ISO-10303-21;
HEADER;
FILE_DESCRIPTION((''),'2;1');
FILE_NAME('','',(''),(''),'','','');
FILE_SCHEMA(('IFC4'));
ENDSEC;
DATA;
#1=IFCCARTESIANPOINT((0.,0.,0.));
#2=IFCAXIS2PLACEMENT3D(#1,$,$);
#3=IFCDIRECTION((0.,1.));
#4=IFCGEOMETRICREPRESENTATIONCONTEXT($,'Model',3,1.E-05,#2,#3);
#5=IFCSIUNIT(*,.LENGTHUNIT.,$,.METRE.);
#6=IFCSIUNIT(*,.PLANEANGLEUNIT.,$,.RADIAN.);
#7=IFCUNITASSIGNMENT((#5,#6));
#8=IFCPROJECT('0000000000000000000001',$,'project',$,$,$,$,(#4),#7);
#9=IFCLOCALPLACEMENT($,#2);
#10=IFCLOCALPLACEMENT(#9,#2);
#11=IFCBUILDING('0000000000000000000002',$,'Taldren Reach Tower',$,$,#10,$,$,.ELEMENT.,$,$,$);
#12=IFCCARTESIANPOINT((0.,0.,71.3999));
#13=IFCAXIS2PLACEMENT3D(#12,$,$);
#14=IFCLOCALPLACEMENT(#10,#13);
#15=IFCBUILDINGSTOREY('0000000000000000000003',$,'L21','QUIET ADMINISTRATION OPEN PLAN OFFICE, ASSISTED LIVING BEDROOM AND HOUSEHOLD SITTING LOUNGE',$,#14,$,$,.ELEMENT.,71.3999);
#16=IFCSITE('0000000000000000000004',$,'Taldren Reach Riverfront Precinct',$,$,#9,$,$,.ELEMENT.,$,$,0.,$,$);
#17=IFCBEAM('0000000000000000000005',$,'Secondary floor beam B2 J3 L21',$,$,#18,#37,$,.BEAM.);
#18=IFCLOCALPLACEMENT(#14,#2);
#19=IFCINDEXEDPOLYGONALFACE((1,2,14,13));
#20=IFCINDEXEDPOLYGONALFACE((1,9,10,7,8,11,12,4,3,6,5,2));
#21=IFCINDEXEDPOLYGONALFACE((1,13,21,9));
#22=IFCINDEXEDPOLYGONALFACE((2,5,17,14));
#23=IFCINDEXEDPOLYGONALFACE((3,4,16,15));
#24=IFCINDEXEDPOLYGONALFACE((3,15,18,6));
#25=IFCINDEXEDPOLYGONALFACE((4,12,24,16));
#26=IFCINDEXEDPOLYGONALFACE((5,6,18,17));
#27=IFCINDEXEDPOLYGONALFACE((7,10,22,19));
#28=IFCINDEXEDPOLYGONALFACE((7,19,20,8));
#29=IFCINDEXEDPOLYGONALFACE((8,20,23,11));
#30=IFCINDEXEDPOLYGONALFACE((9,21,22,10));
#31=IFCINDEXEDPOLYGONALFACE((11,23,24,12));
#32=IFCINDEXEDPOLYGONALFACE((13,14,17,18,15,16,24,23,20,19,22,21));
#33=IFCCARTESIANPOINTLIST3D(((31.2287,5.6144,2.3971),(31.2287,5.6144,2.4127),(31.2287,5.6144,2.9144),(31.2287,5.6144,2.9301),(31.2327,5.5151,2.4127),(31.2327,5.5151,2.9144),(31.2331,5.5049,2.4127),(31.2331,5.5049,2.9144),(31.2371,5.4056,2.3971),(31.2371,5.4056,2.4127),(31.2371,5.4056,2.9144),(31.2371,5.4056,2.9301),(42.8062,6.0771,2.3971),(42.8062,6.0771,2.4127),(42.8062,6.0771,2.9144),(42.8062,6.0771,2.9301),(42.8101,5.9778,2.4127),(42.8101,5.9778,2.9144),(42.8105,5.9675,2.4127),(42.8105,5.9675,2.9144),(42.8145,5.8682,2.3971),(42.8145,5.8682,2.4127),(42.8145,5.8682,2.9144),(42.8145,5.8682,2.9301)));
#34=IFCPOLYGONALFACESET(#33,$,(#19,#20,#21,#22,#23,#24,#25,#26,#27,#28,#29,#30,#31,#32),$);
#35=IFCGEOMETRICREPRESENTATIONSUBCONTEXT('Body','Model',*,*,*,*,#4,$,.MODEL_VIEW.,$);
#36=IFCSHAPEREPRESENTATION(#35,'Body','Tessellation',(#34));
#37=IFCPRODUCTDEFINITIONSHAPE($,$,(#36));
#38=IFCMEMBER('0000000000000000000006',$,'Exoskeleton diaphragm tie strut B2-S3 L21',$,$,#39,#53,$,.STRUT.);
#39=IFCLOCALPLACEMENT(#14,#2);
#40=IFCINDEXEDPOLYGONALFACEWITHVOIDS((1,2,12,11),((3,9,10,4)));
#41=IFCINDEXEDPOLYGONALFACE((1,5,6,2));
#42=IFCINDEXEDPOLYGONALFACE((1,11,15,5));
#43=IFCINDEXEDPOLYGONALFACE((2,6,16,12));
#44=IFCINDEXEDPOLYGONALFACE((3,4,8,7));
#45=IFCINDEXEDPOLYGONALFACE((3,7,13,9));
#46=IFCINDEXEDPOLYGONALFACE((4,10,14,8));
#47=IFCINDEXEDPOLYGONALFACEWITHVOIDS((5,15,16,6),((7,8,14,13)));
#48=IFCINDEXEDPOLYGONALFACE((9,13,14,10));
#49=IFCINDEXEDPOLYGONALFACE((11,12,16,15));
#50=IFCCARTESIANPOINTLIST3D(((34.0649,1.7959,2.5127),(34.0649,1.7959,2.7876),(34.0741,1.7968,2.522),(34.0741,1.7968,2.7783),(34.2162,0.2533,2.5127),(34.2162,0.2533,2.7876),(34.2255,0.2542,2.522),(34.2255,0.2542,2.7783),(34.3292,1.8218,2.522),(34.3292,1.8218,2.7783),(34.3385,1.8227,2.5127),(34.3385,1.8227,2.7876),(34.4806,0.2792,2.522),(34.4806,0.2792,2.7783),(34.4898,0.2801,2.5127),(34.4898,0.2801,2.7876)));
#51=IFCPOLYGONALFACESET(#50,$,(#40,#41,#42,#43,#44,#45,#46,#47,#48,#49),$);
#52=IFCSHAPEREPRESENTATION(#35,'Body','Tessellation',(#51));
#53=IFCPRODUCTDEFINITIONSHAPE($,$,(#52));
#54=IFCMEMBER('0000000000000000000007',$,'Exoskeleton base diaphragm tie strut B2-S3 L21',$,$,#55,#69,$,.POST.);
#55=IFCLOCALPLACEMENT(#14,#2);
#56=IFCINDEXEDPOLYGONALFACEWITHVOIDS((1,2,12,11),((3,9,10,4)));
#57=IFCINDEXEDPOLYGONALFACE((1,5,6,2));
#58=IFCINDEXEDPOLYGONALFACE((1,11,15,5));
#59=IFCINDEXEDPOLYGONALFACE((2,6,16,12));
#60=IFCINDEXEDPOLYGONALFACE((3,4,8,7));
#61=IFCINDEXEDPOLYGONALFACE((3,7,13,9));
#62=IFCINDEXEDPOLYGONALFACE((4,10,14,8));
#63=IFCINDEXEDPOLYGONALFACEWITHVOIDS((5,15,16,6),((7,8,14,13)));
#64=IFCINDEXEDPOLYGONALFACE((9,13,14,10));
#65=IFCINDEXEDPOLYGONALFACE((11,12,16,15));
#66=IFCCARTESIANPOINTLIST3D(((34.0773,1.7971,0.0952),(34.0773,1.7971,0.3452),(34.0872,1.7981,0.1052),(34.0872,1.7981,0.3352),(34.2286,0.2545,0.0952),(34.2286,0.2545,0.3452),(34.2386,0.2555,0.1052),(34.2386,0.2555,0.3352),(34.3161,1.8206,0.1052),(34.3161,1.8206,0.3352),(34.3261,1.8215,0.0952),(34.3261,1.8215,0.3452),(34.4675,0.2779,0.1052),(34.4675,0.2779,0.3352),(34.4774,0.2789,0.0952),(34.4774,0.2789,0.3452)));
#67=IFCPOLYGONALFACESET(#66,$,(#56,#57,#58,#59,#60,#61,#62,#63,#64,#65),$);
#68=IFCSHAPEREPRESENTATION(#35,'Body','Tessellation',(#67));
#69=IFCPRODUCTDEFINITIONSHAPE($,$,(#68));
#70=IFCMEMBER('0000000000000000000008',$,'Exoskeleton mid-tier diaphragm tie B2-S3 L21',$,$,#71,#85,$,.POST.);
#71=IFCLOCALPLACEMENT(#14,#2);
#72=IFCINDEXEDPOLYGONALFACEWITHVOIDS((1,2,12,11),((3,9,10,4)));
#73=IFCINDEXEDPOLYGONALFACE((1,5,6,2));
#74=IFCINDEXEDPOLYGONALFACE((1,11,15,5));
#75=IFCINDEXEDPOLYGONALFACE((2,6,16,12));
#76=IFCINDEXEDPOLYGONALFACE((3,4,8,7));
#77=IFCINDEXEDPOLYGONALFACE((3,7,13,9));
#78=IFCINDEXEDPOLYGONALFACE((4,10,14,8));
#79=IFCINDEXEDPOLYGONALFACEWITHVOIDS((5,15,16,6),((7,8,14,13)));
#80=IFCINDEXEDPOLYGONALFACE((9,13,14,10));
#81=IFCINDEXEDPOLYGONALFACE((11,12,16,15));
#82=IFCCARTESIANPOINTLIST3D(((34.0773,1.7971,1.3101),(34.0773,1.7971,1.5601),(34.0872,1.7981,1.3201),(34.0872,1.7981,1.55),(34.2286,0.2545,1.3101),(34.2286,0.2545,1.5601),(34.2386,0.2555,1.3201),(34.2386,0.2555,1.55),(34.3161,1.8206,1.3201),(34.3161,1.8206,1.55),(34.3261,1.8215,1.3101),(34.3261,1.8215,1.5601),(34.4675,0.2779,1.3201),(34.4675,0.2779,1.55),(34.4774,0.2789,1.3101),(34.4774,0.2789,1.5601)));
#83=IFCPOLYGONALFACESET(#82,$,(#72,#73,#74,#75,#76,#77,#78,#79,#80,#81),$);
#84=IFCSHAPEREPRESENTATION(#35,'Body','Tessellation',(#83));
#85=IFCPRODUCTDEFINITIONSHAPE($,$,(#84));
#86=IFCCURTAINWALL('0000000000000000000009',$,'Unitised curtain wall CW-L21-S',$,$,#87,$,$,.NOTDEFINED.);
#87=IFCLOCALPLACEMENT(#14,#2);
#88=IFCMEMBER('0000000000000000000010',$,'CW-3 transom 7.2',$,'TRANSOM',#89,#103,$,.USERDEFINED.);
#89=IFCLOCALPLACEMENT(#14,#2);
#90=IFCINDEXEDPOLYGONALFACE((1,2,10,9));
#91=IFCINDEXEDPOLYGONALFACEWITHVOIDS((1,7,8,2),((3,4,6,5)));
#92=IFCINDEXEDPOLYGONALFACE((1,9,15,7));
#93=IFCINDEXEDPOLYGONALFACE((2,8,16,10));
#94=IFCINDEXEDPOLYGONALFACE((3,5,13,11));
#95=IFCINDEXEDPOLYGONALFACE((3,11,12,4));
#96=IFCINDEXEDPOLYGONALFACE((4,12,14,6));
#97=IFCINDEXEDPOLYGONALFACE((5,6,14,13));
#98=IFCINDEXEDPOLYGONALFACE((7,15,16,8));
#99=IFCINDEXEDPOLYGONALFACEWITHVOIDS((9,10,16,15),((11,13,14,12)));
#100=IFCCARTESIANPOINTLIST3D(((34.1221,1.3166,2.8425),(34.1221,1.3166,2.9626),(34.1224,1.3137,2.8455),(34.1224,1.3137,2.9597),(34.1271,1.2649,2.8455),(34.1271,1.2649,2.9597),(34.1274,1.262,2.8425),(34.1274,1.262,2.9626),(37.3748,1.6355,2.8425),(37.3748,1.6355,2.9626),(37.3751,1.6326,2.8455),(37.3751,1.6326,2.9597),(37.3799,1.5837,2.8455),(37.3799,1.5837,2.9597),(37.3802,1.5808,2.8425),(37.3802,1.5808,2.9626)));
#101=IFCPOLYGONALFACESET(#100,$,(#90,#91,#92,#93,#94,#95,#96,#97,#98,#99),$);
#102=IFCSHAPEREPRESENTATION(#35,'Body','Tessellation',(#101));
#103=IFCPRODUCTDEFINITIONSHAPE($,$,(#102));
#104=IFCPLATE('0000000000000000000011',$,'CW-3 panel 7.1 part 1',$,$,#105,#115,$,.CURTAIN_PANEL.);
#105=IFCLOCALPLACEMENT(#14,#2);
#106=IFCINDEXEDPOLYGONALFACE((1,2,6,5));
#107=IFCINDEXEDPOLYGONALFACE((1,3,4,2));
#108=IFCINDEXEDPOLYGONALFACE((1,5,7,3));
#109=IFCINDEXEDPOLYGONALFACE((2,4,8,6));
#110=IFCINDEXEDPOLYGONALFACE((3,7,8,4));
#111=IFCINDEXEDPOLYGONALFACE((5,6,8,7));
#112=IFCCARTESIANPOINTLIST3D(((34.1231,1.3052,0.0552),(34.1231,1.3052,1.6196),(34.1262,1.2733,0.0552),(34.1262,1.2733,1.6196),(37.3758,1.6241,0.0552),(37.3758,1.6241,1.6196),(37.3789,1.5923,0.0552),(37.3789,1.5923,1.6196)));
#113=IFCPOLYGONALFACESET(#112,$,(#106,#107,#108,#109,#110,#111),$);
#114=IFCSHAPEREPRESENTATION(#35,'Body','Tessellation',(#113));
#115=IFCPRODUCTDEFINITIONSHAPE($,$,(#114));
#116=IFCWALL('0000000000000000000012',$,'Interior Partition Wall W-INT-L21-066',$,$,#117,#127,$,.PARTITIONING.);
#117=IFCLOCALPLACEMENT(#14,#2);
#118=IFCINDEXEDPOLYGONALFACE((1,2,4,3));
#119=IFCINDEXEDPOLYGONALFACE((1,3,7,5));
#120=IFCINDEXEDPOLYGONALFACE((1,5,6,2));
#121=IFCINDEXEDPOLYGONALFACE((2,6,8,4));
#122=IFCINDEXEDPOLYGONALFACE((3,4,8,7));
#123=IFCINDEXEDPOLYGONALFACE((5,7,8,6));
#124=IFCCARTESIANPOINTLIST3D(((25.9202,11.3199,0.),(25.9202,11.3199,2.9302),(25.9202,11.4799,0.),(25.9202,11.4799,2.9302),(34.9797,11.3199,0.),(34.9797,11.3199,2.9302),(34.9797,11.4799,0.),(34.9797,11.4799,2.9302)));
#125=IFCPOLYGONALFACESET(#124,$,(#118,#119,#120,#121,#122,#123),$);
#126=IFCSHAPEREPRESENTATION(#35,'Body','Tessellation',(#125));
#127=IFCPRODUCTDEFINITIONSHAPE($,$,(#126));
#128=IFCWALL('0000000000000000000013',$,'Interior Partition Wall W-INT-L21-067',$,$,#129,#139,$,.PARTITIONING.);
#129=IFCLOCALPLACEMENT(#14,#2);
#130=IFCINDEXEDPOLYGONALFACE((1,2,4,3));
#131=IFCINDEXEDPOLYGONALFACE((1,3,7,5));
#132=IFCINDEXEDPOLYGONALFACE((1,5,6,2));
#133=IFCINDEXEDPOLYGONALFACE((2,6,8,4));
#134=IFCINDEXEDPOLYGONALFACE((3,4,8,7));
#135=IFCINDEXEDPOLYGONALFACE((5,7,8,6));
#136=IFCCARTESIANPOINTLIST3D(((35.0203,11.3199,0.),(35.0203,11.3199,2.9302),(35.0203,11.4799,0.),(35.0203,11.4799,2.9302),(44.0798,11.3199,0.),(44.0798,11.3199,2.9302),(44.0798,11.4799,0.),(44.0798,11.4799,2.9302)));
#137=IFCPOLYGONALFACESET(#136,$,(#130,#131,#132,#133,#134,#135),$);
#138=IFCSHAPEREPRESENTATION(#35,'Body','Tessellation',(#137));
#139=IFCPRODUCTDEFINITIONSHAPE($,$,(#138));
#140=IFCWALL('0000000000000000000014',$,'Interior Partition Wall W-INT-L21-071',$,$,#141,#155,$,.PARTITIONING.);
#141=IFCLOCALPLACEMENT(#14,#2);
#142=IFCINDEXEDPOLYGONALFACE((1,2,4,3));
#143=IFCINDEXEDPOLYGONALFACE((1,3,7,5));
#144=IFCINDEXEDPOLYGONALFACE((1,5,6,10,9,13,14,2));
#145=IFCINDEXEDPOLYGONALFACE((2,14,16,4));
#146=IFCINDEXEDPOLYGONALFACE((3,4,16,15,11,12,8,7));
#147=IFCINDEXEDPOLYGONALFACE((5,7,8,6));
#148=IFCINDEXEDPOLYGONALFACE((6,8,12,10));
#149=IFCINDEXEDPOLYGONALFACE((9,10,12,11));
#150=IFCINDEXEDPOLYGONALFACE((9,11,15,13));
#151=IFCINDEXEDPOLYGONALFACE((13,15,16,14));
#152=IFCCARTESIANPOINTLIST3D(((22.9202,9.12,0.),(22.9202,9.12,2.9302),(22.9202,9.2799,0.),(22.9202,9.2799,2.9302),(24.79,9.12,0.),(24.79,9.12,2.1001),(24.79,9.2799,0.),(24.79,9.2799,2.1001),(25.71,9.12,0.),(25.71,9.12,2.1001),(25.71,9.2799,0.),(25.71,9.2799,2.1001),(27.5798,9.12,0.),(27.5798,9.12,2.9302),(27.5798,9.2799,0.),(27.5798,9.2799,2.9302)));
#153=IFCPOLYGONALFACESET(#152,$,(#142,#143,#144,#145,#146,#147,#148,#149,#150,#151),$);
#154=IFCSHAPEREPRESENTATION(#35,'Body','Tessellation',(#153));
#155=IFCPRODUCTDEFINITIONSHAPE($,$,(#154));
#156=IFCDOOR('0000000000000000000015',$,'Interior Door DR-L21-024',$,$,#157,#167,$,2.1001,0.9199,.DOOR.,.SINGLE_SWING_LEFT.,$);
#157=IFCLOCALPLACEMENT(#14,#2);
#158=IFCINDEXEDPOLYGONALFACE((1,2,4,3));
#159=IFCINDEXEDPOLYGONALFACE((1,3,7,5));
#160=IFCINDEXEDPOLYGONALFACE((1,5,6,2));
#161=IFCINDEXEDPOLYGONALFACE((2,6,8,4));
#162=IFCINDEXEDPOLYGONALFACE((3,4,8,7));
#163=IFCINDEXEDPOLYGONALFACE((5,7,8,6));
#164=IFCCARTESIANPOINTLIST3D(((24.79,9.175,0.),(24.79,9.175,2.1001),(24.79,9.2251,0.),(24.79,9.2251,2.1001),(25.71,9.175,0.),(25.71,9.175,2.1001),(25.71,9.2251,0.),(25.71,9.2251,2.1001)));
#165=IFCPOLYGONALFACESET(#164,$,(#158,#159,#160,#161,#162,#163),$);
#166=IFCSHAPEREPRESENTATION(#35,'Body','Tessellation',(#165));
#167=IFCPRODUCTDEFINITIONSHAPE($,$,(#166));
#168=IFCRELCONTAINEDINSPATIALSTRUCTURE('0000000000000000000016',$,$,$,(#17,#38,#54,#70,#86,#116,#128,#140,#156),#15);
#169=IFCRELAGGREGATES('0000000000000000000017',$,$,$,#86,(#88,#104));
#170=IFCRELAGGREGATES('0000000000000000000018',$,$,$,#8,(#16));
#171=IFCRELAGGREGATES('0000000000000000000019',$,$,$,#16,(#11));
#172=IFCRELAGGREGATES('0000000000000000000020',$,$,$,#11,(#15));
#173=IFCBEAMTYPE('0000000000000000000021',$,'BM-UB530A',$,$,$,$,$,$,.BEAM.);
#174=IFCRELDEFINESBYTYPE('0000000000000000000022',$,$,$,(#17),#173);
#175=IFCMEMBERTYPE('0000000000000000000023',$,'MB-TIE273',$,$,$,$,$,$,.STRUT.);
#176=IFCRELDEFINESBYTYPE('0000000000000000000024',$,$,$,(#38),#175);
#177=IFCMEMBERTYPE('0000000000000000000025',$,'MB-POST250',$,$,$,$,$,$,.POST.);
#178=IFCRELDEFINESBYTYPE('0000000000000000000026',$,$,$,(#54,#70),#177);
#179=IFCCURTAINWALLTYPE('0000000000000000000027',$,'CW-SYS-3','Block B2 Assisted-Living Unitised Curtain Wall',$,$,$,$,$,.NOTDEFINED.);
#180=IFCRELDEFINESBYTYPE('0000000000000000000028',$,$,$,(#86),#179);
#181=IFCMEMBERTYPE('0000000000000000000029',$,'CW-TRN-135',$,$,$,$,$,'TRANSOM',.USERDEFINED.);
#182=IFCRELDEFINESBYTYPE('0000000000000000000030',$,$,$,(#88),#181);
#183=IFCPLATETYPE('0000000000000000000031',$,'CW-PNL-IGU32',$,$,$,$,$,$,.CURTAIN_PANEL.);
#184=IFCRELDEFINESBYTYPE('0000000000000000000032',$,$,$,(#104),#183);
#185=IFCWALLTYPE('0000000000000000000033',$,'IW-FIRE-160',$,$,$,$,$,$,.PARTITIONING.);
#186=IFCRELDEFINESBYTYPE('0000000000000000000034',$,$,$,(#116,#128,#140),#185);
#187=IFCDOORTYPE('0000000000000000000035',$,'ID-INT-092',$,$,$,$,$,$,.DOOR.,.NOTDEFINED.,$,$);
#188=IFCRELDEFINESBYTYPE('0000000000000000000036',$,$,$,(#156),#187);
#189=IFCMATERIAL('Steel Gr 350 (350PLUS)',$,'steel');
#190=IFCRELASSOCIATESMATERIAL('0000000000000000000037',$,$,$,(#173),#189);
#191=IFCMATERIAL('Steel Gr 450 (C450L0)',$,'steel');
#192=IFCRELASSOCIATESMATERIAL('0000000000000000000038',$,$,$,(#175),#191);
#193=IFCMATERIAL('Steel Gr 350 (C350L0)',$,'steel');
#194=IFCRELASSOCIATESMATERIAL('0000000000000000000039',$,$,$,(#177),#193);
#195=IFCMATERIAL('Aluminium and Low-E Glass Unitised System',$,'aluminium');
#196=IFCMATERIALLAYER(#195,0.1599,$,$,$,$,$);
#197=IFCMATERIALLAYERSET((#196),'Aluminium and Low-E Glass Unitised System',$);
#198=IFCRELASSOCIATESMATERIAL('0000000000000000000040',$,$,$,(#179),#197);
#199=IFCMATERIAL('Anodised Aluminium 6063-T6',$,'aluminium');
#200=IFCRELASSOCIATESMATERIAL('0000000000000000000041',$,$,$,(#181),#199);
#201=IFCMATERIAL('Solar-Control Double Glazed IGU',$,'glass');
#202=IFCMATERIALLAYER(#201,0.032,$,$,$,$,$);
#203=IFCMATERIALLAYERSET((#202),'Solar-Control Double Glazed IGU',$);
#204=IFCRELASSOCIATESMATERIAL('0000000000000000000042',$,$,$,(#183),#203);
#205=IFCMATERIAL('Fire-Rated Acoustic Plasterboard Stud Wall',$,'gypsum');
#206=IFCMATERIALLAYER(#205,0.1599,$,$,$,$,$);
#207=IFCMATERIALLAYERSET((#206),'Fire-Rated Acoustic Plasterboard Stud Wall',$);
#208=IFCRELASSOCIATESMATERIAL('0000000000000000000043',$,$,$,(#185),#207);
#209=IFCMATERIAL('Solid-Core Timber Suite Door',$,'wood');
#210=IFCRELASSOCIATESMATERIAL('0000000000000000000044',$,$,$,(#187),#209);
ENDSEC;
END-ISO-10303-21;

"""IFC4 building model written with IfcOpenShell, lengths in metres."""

from ifc_helpers import new_model, si_unit, direction, frame, frame_2d, origin, origin_2d, place, context, subcontext, project, spatial, rectangle, hollow_rectangle, i_section, extrude, source, transform, mapped, material, layer, layer_set, material_profile, profile_set, type_object, element, fill, aggregate, save


model = new_model("IFC4")

# Units and contexts
model_context = context("Model", 3, precision=1e-05, world=origin(), true_north=direction((0.0, 1.0)))
body_context = subcontext(model_context, "Body", "Model", "MODEL_VIEW")
ifc_project = project(units=[si_unit("LENGTHUNIT", "METRE"), si_unit("PLANEANGLEUNIT", "RADIAN")], contexts=[model_context])

# Site, building, storey
site_placement = place(None, origin())
site = spatial("IfcSite", under=ifc_project, at=site_placement, Name="Taldren Reach Riverfront Precinct", CompositionType="ELEMENT", RefElevation=0.0)
building_placement = place(site_placement, origin())
building = spatial("IfcBuilding", under=site, at=building_placement, Name="Taldren Reach Tower", CompositionType="ELEMENT")
storey_placement = place(building_placement, frame((0.0, 0.0, 71.3999)))
storey = spatial("IfcBuildingStorey", under=building, at=storey_placement, Name="L21", Description="QUIET ADMINISTRATION OPEN PLAN OFFICE, ASSISTED LIVING BEDROOM AND HOUSEHOLD SITTING LOUNGE", CompositionType="ELEMENT", Elevation=71.3999)

# Shared definitions
ifc_material_1 = material(Name="Steel Gr 350 (350PLUS)", Category="steel")

# Beam
ifc_material_profile_1 = material_profile(ifc_material_1, i_section(OverallWidth=0.209, OverallDepth=0.533, WebThickness=0.0103, FlangeThickness=0.0156, at=origin_2d()), Name="530UB92.4")
ifc_profile_set_1 = profile_set([ifc_material_profile_1], Name="Steel Gr 350 (350PLUS)")
beam_type_1 = type_object("IfcBeamType", Name="BM-UB530A", PredefinedType="BEAM", material=ifc_profile_set_1)
shared_shape_1 = source(origin(), body_context, "Body", "SweptSolid", [
    extrude(i_section(OverallWidth=0.209, OverallDepth=0.533, WebThickness=0.0103, FlangeThickness=0.0156, at=origin_2d()), origin(), (0.0, 0.0, 1.0), 11.5867),
])
beam_1_placement = place(storey_placement, frame((31.2329, 5.51, 2.6636), z_axis=(0.999203, 0.039929, 0.0), x_axis=(-0.039929, 0.999203, 0.0)))
element("IfcBeam", 1, at=beam_1_placement, inside=storey, type_object=beam_type_1, Name="Secondary floor beam B2 J3 L21", PredefinedType="BEAM", context=body_context, shape_type="MappedRepresentation", body=[
    mapped(shared_shape_1, transform((0.0, 0.0, 0.0), scale=1.0)),
])

# Members
ifc_material_2 = material(Name="Steel Gr 450 (C450L0)", Category="steel")
ifc_material_profile_2 = material_profile(ifc_material_2, hollow_rectangle(XDim=0.2749, YDim=0.2749, WallThickness=0.0093, at=origin_2d()), Name="275x275x9.3SHS")
ifc_profile_set_2 = profile_set([ifc_material_profile_2], Name="Steel Gr 450 (C450L0)")
member_type_1 = type_object("IfcMemberType", Name="MB-TIE273", PredefinedType="STRUT", material=ifc_profile_set_2)
shared_shape_2 = source(origin(), body_context, "Body", "SweptSolid", [
    extrude(hollow_rectangle(XDim=0.2749, YDim=0.2749, WallThickness=0.0093, at=origin_2d()), origin(), (0.0, 0.0, 1.0), 1.55),
])
member_1_placement = place(storey_placement, frame((34.2017, 1.8093, 2.6501), z_axis=(0.097648, -0.995221, 0.0), x_axis=(0.995221, 0.097648, 0.0)))
element("IfcMember", 2, at=member_1_placement, inside=storey, type_object=member_type_1, Name="Exoskeleton diaphragm tie strut B2-S3 L21", PredefinedType="STRUT", context=body_context, shape_type="MappedRepresentation", body=[
    mapped(shared_shape_2, transform((0.0, 0.0, 0.0), scale=1.0)),
])
ifc_material_3 = material(Name="Steel Gr 350 (C350L0)", Category="steel")
ifc_material_profile_3 = material_profile(ifc_material_3, hollow_rectangle(XDim=0.25, YDim=0.25, WallThickness=0.01, at=origin_2d()), Name="250x250x10.0SHS")
ifc_profile_set_3 = profile_set([ifc_material_profile_3], Name="Steel Gr 350 (C350L0)")
member_type_2 = type_object("IfcMemberType", Name="MB-POST250", PredefinedType="POST", material=ifc_profile_set_3)
shared_shape_3 = source(origin(), body_context, "Body", "SweptSolid", [
    extrude(hollow_rectangle(XDim=0.25, YDim=0.25, WallThickness=0.01, at=origin_2d()), origin(), (0.0, 0.0, 1.0), 1.55),
])
for number, where, z_axis, x_axis, name in (
    (3, (34.2017, 1.8093, 0.2202), (0.097648, -0.995221, 0.0), (0.995221, 0.097648, 0.0), "Exoskeleton base diaphragm tie strut B2-S3 L21"),
    (4, (34.2017, 1.8093, 1.4351), (0.097648, -0.995221, 0.0), (0.995221, 0.097648, 0.0), "Exoskeleton mid-tier diaphragm tie B2-S3 L21"),
):
    element("IfcMember", number, at=place(storey_placement, frame(where, z_axis=z_axis, x_axis=x_axis)), inside=storey, type_object=member_type_2, Name=name, PredefinedType="POST", context=body_context, shape_type="MappedRepresentation", body=[
        mapped(shared_shape_3, transform((0.0, 0.0, 0.0), scale=1.0)),
    ])

# Curtain wall, member, plate
ifc_material_4 = material(Name="Aluminium and Low-E Glass Unitised System", Category="aluminium")
ifc_layer_1 = layer(ifc_material_4, 0.1599)
ifc_layer_set_1 = layer_set([ifc_layer_1], Name="Aluminium and Low-E Glass Unitised System")
curtain_wall_type = type_object("IfcCurtainWallType", Name="CW-SYS-3", Description="Block B2 Assisted-Living Unitised Curtain Wall", PredefinedType="NOTDEFINED", material=ifc_layer_set_1)
curtain_wall_placement = place(storey_placement, origin())
curtain_wall = element("IfcCurtainWall", 5, at=curtain_wall_placement, inside=storey, type_object=curtain_wall_type, Name="Unitised curtain wall CW-L21-S", PredefinedType="NOTDEFINED")
ifc_material_5 = material(Name="Anodised Aluminium 6063-T6", Category="aluminium")
ifc_material_profile_4 = material_profile(ifc_material_5, hollow_rectangle(XDim=0.0549, YDim=0.1201, WallThickness=0.0029, at=origin_2d()), Name="ALU-120x55x3RHS")
ifc_profile_set_4 = profile_set([ifc_material_profile_4], Name="Anodised Aluminium 6063-T6")
member_type_3 = type_object("IfcMemberType", Name="CW-TRN-135", ElementType="TRANSOM", PredefinedType="USERDEFINED", material=ifc_profile_set_4)
shared_shape_4 = source(origin(), body_context, "Body", "SweptSolid", [
    extrude(hollow_rectangle(XDim=0.0549, YDim=0.1201, WallThickness=0.0029, at=origin_2d()), origin(), (0.0, 0.0, 1.0), 3.2683),
])
member_2_placement = place(storey_placement, frame((34.1248, 1.2893, 2.9026), z_axis=(0.99523, 0.097558, 0.0), x_axis=(-0.097558, 0.99523, 0.0)))
member_2 = element("IfcMember", 6, at=member_2_placement, type_object=member_type_3, Name="CW-3 transom 7.2", ObjectType="TRANSOM", PredefinedType="USERDEFINED", context=body_context, shape_type="MappedRepresentation", body=[
    mapped(shared_shape_4, transform((0.0, 0.0, 0.0), scale=1.0)),
])
ifc_material_6 = material(Name="Solar-Control Double Glazed IGU", Category="glass")
ifc_layer_2 = layer(ifc_material_6, 0.032)
ifc_layer_set_2 = layer_set([ifc_layer_2], Name="Solar-Control Double Glazed IGU")
plate_type = type_object("IfcPlateType", Name="CW-PNL-IGU32", PredefinedType="CURTAIN_PANEL", material=ifc_layer_set_2)
shared_shape_5 = source(origin(), body_context, "Body", "SweptSolid", [
    extrude(rectangle(XDim=3.2683, YDim=0.032, at=origin_2d()), origin(), (0.0, 0.0, 1.0), 1.5645),
])
plate_placement = place(storey_placement, frame((35.751, 1.4487, 0.0552), z_axis=(0.0, 0.0, 1.0), x_axis=(0.995227, 0.097583, 0.0)))
plate = element("IfcPlate", 7, at=plate_placement, type_object=plate_type, Name="CW-3 panel 7.1 part 1", PredefinedType="CURTAIN_PANEL", context=body_context, shape_type="MappedRepresentation", body=[
    mapped(shared_shape_5, transform((0.0, 0.0, 0.0), scale=1.0)),
])
aggregate(curtain_wall, [member_2, plate])

# Walls
ifc_material_7 = material(Name="Fire-Rated Acoustic Plasterboard Stud Wall", Category="gypsum")
ifc_layer_3 = layer(ifc_material_7, 0.1599)
ifc_layer_set_3 = layer_set([ifc_layer_3], Name="Fire-Rated Acoustic Plasterboard Stud Wall")
wall_type_1 = type_object("IfcWallType", Name="IW-FIRE-160", PredefinedType="PARTITIONING", material=ifc_layer_set_3)
shared_shape_6 = source(origin(), body_context, "Body", "SweptSolid", [
    extrude(rectangle(XDim=9.0596, YDim=0.1599, at=frame_2d((4.5298, 0.0))), origin(), (0.0, 0.0, 1.0), 2.9302),
])
for number, where, z_axis, x_axis, name in (
    (8, (25.9202, 11.3999, 0.0), (0.0, 0.0, 1.0), (1.0, 0.0, 0.0), "Interior Partition Wall W-INT-L21-066"),
    (9, (35.0203, 11.3999, 0.0), (0.0, 0.0, 1.0), (1.0, 0.0, 0.0), "Interior Partition Wall W-INT-L21-067"),
):
    element("IfcWall", number, at=place(storey_placement, frame(where, z_axis=z_axis, x_axis=x_axis)), inside=storey, type_object=wall_type_1, Name=name, PredefinedType="PARTITIONING", context=body_context, shape_type="MappedRepresentation", body=[
        mapped(shared_shape_6, transform((0.0, 0.0, 0.0), scale=1.0)),
    ])

# Wall, opening, door
shared_shape_7 = source(origin(), body_context, "Body", "SweptSolid", [
    extrude(rectangle(XDim=4.6597, YDim=0.1599, at=frame_2d((2.3298, 0.0))), origin(), (0.0, 0.0, 1.0), 2.9302),
])
wall_1_placement = place(storey_placement, frame((27.5798, 9.2, 0.0), z_axis=(0.0, 0.0, 1.0), x_axis=(-1.0, 0.0, 0.0)))
wall_1 = element("IfcWall", 10, at=wall_1_placement, inside=storey, type_object=wall_type_1, Name="Interior Partition Wall W-INT-L21-071", PredefinedType="PARTITIONING", context=body_context, shape_type="MappedRepresentation", body=[
    mapped(shared_shape_7, transform((0.0, 0.0, 0.0), scale=1.0)),
])
shared_shape_8 = source(origin(), body_context, "Body", "SweptSolid", [
    extrude(rectangle(XDim=0.9199, YDim=2.1001, at=frame_2d((0.46, 1.05))), frame((0.0, 0.0898, 0.0), z_axis=(0.0, -1.0, 0.0), x_axis=(1.0, 0.0, 0.0)), (0.0, 0.0, 1.0), 0.1799),
])
opening_1_placement = place(wall_1_placement, frame((1.8699, 0.0, 0.0)))
opening_1 = element("IfcOpeningElement", 11, at=opening_1_placement, cuts=wall_1, PredefinedType="OPENING", context=body_context, shape_type="MappedRepresentation", body=[
    mapped(shared_shape_8, transform((0.0, 0.0, 0.0), scale=1.0)),
])
ifc_material_8 = material(Name="Solid-Core Timber Suite Door", Category="wood")
door_type = type_object("IfcDoorType", Name="ID-INT-092", OperationType="NOTDEFINED", PredefinedType="DOOR", material=ifc_material_8)
shared_shape_9 = source(origin(), body_context, "Body", "SweptSolid", [
    extrude(rectangle(XDim=0.9199, YDim=2.1001, at=frame_2d((0.46, 1.05))), frame((0.0, 0.0249, 0.0), z_axis=(0.0, -1.0, 0.0), x_axis=(1.0, 0.0, 0.0)), (0.0, 0.0, 1.0), 0.05),
])
door_1_placement = place(opening_1_placement, origin())
door_1 = element("IfcDoor", 12, at=door_1_placement, inside=storey, type_object=door_type, Name="Interior Door DR-L21-024", OperationType="SINGLE_SWING_LEFT", OverallHeight=2.1001, OverallWidth=0.9199, PredefinedType="DOOR", context=body_context, shape_type="MappedRepresentation", body=[
    mapped(shared_shape_9, transform((0.0, 0.0, 0.0), scale=1.0)),
])
fill(opening_1, door_1)

save(model, "model.ifc")
